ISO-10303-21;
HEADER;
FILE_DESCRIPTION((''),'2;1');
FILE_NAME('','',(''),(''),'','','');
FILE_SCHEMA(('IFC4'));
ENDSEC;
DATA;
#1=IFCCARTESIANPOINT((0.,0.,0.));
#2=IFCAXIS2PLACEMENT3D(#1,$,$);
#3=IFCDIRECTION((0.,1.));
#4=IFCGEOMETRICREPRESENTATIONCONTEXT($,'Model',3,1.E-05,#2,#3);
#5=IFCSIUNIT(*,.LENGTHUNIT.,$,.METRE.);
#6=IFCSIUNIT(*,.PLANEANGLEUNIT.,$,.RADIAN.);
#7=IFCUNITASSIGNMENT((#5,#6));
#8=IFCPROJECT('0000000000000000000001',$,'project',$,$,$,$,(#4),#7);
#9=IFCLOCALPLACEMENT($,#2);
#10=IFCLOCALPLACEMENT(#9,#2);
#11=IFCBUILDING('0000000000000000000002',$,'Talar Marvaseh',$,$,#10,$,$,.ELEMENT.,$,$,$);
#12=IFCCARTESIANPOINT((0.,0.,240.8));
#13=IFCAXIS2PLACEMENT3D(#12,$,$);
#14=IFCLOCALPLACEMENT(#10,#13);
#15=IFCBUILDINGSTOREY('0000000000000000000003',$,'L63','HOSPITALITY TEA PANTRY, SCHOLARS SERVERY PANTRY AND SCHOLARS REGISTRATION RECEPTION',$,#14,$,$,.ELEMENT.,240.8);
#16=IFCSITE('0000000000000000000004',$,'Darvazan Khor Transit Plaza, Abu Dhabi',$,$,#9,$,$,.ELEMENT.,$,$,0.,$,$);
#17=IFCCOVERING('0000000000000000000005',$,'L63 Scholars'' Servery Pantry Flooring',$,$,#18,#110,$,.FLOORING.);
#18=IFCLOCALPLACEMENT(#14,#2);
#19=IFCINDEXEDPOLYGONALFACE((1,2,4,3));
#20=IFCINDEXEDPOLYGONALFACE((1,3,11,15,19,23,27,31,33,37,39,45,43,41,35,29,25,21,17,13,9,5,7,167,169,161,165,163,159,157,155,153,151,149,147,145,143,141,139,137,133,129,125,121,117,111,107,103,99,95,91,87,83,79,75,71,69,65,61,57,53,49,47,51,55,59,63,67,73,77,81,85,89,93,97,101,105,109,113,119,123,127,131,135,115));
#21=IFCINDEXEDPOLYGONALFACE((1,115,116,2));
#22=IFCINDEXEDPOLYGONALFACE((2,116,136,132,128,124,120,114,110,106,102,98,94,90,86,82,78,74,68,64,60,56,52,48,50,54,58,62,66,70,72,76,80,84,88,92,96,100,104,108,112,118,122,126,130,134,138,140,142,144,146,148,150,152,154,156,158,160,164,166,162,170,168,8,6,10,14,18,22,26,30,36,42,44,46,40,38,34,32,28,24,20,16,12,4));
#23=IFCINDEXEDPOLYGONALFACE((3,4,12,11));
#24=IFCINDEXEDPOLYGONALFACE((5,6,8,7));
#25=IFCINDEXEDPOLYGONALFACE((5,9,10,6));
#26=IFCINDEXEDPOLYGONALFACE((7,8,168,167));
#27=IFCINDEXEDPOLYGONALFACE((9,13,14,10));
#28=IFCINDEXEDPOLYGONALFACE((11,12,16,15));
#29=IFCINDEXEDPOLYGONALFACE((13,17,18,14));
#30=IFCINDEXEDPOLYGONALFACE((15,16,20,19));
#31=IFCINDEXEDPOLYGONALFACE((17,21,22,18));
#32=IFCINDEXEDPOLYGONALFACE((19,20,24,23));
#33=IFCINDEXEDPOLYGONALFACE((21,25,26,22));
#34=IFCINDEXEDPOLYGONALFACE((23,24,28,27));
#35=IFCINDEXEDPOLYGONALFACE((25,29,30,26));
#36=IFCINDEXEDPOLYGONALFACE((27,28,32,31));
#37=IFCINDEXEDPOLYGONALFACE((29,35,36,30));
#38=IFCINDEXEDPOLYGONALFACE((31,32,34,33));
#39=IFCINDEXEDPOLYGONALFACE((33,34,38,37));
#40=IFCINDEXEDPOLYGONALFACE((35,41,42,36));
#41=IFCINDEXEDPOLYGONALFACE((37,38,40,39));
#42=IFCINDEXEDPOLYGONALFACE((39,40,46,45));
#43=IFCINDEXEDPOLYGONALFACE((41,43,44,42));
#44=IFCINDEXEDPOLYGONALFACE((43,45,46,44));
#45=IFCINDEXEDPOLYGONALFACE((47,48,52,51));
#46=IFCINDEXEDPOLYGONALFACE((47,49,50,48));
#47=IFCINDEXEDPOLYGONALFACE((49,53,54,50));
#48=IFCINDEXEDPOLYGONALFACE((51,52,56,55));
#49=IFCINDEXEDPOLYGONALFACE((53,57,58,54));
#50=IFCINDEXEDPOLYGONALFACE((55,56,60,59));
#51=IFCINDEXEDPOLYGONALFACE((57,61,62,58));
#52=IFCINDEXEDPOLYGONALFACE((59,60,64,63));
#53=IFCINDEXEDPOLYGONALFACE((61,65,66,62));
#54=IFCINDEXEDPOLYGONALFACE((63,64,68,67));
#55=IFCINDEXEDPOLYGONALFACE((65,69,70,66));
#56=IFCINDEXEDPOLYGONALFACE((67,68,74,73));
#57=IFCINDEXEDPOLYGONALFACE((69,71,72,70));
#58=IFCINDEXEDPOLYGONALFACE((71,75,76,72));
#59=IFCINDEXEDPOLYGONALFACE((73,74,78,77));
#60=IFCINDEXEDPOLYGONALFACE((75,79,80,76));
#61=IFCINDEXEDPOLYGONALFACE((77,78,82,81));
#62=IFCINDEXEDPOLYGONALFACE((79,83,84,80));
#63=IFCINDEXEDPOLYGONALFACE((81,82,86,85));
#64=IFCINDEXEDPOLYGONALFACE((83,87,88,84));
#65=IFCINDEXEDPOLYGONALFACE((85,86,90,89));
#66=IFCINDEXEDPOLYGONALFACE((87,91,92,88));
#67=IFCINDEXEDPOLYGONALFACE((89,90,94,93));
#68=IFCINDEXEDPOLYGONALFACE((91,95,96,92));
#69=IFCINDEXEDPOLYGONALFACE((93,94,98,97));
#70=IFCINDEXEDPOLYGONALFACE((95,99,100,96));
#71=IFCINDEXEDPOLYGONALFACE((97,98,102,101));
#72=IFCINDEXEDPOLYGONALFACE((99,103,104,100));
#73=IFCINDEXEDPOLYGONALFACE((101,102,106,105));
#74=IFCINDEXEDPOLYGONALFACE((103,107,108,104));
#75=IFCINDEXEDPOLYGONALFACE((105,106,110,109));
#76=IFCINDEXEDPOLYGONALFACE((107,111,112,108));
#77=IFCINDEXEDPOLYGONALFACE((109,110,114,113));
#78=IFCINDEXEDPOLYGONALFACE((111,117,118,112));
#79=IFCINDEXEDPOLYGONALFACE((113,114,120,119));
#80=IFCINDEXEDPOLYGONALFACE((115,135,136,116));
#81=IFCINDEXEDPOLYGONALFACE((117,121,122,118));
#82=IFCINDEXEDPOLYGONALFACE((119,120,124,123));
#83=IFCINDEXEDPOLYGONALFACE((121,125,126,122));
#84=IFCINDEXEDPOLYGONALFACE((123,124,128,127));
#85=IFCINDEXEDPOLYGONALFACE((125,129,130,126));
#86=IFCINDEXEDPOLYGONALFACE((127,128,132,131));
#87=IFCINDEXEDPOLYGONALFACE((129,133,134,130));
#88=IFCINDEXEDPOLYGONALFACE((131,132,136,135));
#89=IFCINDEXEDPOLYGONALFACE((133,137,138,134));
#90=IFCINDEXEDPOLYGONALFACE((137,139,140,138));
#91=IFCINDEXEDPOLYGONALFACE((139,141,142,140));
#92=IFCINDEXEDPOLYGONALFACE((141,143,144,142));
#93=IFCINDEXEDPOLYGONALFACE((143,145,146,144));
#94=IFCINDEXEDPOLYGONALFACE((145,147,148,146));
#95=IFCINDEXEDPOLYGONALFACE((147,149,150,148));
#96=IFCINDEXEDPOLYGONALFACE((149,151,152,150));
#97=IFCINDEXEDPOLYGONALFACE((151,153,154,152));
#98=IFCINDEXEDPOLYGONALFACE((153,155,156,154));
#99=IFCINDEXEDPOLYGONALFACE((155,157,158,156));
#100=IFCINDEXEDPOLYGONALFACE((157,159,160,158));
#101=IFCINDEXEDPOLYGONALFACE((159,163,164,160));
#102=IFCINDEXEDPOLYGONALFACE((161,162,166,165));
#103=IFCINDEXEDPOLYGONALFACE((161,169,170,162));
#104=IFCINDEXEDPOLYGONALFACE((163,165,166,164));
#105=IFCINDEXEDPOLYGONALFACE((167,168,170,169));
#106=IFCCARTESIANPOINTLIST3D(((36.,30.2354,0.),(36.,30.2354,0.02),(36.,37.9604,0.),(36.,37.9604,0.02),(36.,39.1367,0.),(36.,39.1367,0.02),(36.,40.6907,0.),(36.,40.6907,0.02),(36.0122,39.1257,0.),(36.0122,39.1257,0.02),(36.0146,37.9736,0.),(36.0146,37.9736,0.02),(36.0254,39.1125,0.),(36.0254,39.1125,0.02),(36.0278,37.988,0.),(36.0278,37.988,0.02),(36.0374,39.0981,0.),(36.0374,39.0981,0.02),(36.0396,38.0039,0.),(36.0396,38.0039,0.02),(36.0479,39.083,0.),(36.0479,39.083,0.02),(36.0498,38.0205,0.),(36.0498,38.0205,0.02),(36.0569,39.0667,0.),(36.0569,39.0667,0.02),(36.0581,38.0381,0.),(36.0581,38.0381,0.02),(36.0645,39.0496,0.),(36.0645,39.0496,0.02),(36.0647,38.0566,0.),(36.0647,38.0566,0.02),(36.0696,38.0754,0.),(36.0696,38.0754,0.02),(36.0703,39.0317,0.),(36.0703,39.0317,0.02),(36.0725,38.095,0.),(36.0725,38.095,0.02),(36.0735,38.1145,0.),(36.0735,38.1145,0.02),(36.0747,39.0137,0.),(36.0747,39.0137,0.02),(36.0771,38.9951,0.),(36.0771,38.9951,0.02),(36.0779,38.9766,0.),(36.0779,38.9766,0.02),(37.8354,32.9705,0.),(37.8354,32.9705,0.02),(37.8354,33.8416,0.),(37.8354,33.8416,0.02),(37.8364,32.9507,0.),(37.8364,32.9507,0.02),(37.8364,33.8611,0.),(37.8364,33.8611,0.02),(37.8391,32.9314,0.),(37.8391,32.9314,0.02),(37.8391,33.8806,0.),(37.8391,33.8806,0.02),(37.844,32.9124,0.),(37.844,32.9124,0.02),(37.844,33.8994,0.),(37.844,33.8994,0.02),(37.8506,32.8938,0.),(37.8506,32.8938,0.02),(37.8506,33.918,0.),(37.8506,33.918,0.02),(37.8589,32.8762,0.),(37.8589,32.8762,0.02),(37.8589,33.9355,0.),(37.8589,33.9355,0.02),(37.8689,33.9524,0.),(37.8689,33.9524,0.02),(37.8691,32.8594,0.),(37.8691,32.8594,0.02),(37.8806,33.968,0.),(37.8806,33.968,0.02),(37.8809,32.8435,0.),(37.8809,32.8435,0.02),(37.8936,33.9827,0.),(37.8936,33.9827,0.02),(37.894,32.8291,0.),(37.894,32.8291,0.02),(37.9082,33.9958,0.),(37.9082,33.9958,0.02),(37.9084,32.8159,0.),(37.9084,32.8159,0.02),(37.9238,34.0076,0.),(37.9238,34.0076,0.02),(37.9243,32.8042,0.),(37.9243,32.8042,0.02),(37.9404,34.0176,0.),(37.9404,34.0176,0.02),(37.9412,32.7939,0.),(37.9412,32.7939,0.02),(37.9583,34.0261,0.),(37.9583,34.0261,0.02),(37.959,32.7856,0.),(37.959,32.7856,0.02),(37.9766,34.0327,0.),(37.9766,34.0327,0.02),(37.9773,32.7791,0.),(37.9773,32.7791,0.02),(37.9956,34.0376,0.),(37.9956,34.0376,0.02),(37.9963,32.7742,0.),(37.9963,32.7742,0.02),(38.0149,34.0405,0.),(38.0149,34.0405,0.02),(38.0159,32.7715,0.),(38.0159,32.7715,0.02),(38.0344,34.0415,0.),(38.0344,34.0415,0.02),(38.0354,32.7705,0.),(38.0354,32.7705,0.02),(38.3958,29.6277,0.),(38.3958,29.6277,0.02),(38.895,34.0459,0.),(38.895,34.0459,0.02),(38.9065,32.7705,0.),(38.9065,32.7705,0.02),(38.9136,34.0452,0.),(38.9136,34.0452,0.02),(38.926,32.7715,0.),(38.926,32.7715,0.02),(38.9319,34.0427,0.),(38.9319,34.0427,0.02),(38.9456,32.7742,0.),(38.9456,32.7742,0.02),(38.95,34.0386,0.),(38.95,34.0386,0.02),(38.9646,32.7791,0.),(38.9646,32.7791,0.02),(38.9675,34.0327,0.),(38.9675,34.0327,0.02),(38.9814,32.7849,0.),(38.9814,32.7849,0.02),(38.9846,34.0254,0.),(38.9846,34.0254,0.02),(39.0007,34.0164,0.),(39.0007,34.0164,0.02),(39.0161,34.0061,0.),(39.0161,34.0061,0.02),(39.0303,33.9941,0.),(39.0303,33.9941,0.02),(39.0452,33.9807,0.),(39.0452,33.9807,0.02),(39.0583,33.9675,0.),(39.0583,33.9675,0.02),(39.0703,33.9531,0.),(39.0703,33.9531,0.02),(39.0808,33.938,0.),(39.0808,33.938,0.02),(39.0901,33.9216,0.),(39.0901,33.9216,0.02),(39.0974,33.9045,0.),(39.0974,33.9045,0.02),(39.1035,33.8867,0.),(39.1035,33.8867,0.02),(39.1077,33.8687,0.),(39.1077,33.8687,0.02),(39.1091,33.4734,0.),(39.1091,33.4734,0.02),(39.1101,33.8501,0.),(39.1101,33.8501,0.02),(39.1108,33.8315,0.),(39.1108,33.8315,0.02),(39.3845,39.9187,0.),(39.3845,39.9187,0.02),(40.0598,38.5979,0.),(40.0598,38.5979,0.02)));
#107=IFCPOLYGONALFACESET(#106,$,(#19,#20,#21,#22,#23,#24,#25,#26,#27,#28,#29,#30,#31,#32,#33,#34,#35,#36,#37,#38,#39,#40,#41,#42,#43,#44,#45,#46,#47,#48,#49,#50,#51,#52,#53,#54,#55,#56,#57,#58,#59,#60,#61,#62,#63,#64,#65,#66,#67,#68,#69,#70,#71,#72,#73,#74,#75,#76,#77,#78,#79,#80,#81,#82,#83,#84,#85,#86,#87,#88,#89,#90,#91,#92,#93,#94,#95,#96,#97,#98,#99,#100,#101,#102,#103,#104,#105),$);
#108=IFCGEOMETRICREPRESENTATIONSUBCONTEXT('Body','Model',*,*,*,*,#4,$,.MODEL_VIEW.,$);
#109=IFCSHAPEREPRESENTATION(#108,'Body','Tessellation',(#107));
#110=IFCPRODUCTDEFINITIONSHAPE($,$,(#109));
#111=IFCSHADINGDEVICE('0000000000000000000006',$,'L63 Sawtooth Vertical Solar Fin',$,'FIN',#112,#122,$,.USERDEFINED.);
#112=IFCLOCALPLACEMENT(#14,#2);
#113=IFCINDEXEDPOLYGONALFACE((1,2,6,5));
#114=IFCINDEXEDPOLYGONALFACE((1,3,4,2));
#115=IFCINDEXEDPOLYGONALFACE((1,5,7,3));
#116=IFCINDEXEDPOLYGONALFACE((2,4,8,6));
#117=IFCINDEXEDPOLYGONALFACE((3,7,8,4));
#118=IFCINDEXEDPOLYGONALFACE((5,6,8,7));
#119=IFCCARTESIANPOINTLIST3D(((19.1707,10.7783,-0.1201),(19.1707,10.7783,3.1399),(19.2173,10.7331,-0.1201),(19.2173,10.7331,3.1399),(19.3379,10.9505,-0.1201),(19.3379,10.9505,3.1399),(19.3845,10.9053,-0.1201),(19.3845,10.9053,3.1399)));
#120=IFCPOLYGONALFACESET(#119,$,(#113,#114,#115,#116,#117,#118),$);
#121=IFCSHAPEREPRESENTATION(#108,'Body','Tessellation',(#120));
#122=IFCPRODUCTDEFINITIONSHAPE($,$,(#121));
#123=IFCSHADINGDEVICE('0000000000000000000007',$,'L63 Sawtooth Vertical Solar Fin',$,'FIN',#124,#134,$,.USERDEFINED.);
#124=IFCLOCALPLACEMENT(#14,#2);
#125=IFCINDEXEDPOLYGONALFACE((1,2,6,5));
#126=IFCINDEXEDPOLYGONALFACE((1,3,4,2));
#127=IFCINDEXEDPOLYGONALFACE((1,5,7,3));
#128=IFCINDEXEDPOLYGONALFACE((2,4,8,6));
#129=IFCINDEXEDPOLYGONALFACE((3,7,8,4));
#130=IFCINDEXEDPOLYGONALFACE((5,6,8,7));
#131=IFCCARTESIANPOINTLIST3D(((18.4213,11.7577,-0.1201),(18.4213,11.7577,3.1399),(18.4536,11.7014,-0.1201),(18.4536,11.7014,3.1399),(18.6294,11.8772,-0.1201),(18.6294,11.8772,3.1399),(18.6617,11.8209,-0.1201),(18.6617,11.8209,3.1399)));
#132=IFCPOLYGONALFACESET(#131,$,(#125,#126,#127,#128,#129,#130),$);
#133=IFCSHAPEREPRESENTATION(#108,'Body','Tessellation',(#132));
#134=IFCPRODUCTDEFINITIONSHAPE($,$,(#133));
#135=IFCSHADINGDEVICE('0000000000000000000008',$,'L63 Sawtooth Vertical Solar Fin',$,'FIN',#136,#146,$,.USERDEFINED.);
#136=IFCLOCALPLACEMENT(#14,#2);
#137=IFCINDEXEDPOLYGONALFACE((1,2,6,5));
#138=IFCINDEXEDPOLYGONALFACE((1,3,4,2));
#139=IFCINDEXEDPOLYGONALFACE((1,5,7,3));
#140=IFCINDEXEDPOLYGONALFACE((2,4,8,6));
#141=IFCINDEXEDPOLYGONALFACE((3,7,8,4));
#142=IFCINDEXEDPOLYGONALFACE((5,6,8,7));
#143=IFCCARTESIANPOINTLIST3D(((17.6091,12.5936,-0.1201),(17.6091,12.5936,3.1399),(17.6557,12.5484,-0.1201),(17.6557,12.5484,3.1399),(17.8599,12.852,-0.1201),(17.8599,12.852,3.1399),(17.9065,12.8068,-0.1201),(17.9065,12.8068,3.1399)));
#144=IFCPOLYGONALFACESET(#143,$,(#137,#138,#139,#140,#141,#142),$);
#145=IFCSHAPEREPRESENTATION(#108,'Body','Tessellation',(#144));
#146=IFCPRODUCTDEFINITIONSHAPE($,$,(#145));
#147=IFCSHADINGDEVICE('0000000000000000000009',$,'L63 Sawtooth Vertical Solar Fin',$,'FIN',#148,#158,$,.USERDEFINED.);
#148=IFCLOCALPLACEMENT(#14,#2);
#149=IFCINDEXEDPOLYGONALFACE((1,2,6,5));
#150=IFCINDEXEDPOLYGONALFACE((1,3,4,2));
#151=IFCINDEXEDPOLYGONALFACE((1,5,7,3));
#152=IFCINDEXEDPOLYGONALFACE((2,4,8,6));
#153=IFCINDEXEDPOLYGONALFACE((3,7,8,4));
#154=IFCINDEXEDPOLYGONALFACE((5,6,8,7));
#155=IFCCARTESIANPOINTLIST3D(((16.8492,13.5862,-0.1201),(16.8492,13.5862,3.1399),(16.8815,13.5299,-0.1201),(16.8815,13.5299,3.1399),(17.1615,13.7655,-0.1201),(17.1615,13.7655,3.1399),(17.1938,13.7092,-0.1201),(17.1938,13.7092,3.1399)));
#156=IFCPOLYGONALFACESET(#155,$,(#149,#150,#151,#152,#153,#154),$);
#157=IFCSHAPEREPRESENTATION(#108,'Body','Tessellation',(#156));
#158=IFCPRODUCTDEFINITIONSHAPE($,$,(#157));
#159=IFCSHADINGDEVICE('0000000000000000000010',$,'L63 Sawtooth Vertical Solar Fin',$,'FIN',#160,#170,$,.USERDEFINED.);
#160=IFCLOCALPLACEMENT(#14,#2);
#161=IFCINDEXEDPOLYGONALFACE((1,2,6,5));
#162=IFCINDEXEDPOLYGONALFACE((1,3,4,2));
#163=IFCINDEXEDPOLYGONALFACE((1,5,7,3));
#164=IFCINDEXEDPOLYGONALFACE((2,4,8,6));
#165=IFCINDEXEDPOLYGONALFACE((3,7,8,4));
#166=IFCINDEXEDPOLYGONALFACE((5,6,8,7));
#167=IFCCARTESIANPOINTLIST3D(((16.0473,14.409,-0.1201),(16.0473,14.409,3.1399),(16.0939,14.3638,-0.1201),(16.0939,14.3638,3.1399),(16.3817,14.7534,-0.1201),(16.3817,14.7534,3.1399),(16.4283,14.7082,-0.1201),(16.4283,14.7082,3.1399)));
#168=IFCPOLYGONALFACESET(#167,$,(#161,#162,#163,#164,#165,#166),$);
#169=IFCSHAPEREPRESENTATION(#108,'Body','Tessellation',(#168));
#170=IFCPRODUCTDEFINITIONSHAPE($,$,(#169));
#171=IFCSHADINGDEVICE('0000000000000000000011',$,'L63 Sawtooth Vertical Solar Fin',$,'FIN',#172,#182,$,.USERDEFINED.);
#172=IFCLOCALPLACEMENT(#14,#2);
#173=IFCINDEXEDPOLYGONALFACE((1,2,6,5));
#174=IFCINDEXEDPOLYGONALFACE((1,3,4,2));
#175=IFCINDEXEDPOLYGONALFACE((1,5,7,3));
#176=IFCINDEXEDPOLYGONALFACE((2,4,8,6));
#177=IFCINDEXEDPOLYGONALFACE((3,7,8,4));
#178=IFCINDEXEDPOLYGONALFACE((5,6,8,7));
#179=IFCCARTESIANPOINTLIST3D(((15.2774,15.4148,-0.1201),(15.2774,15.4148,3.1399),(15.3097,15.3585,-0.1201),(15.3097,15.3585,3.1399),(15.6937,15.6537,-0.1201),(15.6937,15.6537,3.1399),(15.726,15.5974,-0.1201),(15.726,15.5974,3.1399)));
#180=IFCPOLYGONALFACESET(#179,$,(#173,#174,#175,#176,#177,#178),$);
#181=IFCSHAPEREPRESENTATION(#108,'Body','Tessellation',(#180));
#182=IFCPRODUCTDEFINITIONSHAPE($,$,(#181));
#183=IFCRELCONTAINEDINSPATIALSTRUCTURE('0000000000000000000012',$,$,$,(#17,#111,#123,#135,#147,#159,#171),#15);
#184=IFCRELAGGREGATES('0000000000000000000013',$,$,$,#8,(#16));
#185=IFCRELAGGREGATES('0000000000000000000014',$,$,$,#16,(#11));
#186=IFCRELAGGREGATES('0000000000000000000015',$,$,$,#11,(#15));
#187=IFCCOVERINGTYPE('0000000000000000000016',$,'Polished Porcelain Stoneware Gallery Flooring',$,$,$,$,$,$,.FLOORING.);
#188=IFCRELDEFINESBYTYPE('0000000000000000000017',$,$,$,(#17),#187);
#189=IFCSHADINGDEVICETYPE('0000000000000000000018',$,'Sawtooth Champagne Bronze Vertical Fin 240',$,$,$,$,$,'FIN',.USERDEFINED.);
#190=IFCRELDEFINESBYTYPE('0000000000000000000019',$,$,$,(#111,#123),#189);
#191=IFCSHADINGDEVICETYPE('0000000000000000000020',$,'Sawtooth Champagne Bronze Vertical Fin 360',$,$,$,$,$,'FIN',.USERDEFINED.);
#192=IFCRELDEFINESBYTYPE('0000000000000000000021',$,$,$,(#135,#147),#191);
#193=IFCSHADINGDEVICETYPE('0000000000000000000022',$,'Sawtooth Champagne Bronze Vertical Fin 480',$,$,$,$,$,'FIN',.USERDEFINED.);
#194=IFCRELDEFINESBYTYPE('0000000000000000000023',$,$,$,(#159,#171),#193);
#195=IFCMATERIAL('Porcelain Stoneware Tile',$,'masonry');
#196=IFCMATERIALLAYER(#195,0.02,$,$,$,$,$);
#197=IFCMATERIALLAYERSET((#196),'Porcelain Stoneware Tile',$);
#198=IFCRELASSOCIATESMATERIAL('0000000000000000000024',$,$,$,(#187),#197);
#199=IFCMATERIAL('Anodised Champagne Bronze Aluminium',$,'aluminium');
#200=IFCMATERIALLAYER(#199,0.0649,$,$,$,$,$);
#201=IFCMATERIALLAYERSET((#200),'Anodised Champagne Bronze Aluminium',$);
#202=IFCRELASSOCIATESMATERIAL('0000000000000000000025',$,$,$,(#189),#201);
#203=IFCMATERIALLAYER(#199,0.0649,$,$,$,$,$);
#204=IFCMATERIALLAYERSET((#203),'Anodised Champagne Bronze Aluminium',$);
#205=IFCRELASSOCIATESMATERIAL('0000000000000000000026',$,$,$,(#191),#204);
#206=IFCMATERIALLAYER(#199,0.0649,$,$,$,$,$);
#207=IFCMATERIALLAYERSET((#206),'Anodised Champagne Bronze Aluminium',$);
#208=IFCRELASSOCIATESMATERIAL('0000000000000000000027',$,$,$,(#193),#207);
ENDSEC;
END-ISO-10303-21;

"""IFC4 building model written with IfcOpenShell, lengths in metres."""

from ifc_helpers import new_model, si_unit, direction, frame, origin, origin_2d, place, context, subcontext, project, spatial, polyline, rectangle, outline, extrude, source, transform, mapped, material, layer, layer_set, type_object, type_shapes, element, save


model = new_model("IFC4")

# Units and contexts
model_context = context("Model", 3, precision=1e-05, world=origin(), true_north=direction((0.0, 1.0)))
body_context = subcontext(model_context, "Body", "Model", "MODEL_VIEW")
ifc_project = project(units=[si_unit("LENGTHUNIT", "METRE"), si_unit("PLANEANGLEUNIT", "RADIAN")], contexts=[model_context])

# Site, building, storey
site_placement = place(None, origin())
site = spatial("IfcSite", under=ifc_project, at=site_placement, Name="Darvazan Khor Transit Plaza, Abu Dhabi", CompositionType="ELEMENT", RefElevation=0.0)
building_placement = place(site_placement, origin())
building = spatial("IfcBuilding", under=site, at=building_placement, Name="Talar Marvaseh", CompositionType="ELEMENT")
storey_placement = place(building_placement, frame((0.0, 0.0, 240.8)))
storey = spatial("IfcBuildingStorey", under=building, at=storey_placement, Name="L63", Description="HOSPITALITY TEA PANTRY, SCHOLARS SERVERY PANTRY AND SCHOLARS REGISTRATION RECEPTION", CompositionType="ELEMENT", Elevation=240.8)

# Covering
ifc_material_1 = material(Name="Porcelain Stoneware Tile", Category="masonry")
ifc_layer_1 = layer(ifc_material_1, 0.02)
ifc_layer_set_1 = layer_set([ifc_layer_1], Name="Porcelain Stoneware Tile")
covering_type_1 = type_object("IfcCoveringType", Name="Polished Porcelain Stoneware Gallery Flooring", PredefinedType="FLOORING", material=ifc_layer_set_1)
covering_1_placement = place(storey_placement, origin())
element("IfcCovering", 1, at=covering_1_placement, inside=storey, type_object=covering_type_1, Name="L63 Scholars' Servery Pantry Flooring", PredefinedType="FLOORING", context=body_context, shape_type="SweptSolid", body=[
    extrude(outline(polyline([(40.0598, 38.5979), (39.1091, 33.4734), (39.1108, 33.8315), (39.1101, 33.8501), (39.1077, 33.8687), (39.1035, 33.8867), (39.0974, 33.9045), (39.0901, 33.9216), (39.0808, 33.938), (39.0703, 33.9531), (39.0583, 33.9675), (39.0452, 33.9807), (39.0303, 33.9941), (39.0161, 34.0061), (39.0007, 34.0164), (38.9846, 34.0254), (38.9675, 34.0327), (38.95, 34.0386), (38.9319, 34.0427), (38.9136, 34.0452), (38.895, 34.0459), (38.0344, 34.0415), (38.0149, 34.0405), (37.9956, 34.0376), (37.9766, 34.0327), (37.9583, 34.0261), (37.9404, 34.0176), (37.9238, 34.0076), (37.9082, 33.9958), (37.8936, 33.9827), (37.8806, 33.968), (37.8689, 33.9524), (37.8589, 33.9355), (37.8506, 33.918), (37.844, 33.8994), (37.8391, 33.8806), (37.8364, 33.8611), (37.8354, 33.8416), (37.8354, 32.9705), (37.8364, 32.9507), (37.8391, 32.9314), (37.844, 32.9124), (37.8506, 32.8938), (37.8589, 32.8762), (37.8691, 32.8594), (37.8809, 32.8435), (37.894, 32.8291), (37.9084, 32.8159), (37.9243, 32.8042), (37.9412, 32.7939), (37.959, 32.7856), (37.9773, 32.7791), (37.9963, 32.7742), (38.0159, 32.7715), (38.0354, 32.7705), (38.9065, 32.7705), (38.926, 32.7715), (38.9456, 32.7742), (38.9646, 32.7791), (38.9814, 32.7849), (38.3958, 29.6277), (36.0, 30.2354), (36.0, 37.9604), (36.0, 37.9604), (36.0146, 37.9736), (36.0278, 37.988), (36.0396, 38.0039), (36.0498, 38.0205), (36.0581, 38.0381), (36.0647, 38.0566), (36.0696, 38.0754), (36.0725, 38.095), (36.0735, 38.1145), (36.0779, 38.9766), (36.0771, 38.9951), (36.0747, 39.0137), (36.0703, 39.0317), (36.0645, 39.0496), (36.0569, 39.0667), (36.0479, 39.083), (36.0374, 39.0981), (36.0254, 39.1125), (36.0122, 39.1257), (36.0, 39.1367), (36.0, 40.6907), (39.3845, 39.9187), (40.0598, 38.5979)])), origin(), (0.0, 0.0, 1.0), 0.02),
])

# Shading devices
ifc_material_2 = material(Name="Anodised Champagne Bronze Aluminium", Category="aluminium")
ifc_layer_2 = layer(ifc_material_2, 0.0649)
ifc_layer_set_2 = layer_set([ifc_layer_2], Name="Anodised Champagne Bronze Aluminium")
shading_device_type_1 = type_object("IfcShadingDeviceType", Name="Sawtooth Champagne Bronze Vertical Fin 240", ElementType="FIN", PredefinedType="USERDEFINED", material=ifc_layer_set_2)
shared_shape_1 = source(origin(), body_context, "Body", "SweptSolid", [
    extrude(rectangle(XDim=0.24, YDim=0.0649, at=origin_2d()), origin(), (0.0, 0.0, 1.0), 3.26),
])
type_shapes(shading_device_type_1, [shared_shape_1])
for number, where, z_axis, x_axis, name in (
    (2, (19.2776, 10.8418, -0.1201), (0.0, 0.0, 1.0), (-0.696539, -0.717519, 0.0), "L63 Sawtooth Vertical Solar Fin"),
    (3, (18.5415, 11.7893, -0.1201), (0.0, 0.0, 1.0), (-0.867331, -0.497731, 0.0), "L63 Sawtooth Vertical Solar Fin"),
):
    element("IfcShadingDevice", number, at=place(storey_placement, frame(where, z_axis=z_axis, x_axis=x_axis)), inside=storey, type_object=shading_device_type_1, Name=name, ObjectType="FIN", PredefinedType="USERDEFINED", context=body_context, shape_type="MappedRepresentation", body=[
        mapped(shared_shape_1, transform((0.0, 0.0, 0.0), x_axis=(1.0, 0.0, 0.0), y_axis=(0.0, 1.0, 0.0), z_axis=(0.0, 0.0, 1.0), scale=1.0)),
    ])
ifc_layer_3 = layer(ifc_material_2, 0.0649)
ifc_layer_set_3 = layer_set([ifc_layer_3], Name="Anodised Champagne Bronze Aluminium")
shading_device_type_2 = type_object("IfcShadingDeviceType", Name="Sawtooth Champagne Bronze Vertical Fin 360", ElementType="FIN", PredefinedType="USERDEFINED", material=ifc_layer_set_3)
shared_shape_2 = source(origin(), body_context, "Body", "SweptSolid", [
    extrude(rectangle(XDim=0.3601, YDim=0.0649, at=origin_2d()), origin(), (0.0, 0.0, 1.0), 3.26),
])
type_shapes(shading_device_type_2, [shared_shape_2])
for number, where, z_axis, x_axis, name in (
    (4, (17.7578, 12.7002, -0.1201), (0.0, 0.0, 1.0), (-0.696539, -0.717519, 0.0), "L63 Sawtooth Vertical Solar Fin"),
    (5, (17.0215, 13.6477, -0.1201), (0.0, 0.0, 1.0), (-0.867331, -0.497731, 0.0), "L63 Sawtooth Vertical Solar Fin"),
):
    element("IfcShadingDevice", number, at=place(storey_placement, frame(where, z_axis=z_axis, x_axis=x_axis)), inside=storey, type_object=shading_device_type_2, Name=name, ObjectType="FIN", PredefinedType="USERDEFINED", context=body_context, shape_type="MappedRepresentation", body=[
        mapped(shared_shape_2, transform((0.0, 0.0, 0.0), x_axis=(1.0, 0.0, 0.0), y_axis=(0.0, 1.0, 0.0), z_axis=(0.0, 0.0, 1.0), scale=1.0)),
    ])
ifc_layer_4 = layer(ifc_material_2, 0.0649)
ifc_layer_set_4 = layer_set([ifc_layer_4], Name="Anodised Champagne Bronze Aluminium")
shading_device_type_3 = type_object("IfcShadingDeviceType", Name="Sawtooth Champagne Bronze Vertical Fin 480", ElementType="FIN", PredefinedType="USERDEFINED", material=ifc_layer_set_4)
shared_shape_3 = source(origin(), body_context, "Body", "SweptSolid", [
    extrude(rectangle(XDim=0.48, YDim=0.0649, at=origin_2d()), origin(), (0.0, 0.0, 1.0), 3.26),
])
type_shapes(shading_device_type_3, [shared_shape_3])
for number, where, z_axis, x_axis, name in (
    (6, (16.2378, 14.5586, -0.1201), (0.0, 0.0, 1.0), (-0.696539, -0.717519, 0.0), "L63 Sawtooth Vertical Solar Fin"),
    (7, (15.5017, 15.5061, -0.1201), (0.0, 0.0, 1.0), (-0.867331, -0.497731, 0.0), "L63 Sawtooth Vertical Solar Fin"),
):
    element("IfcShadingDevice", number, at=place(storey_placement, frame(where, z_axis=z_axis, x_axis=x_axis)), inside=storey, type_object=shading_device_type_3, Name=name, ObjectType="FIN", PredefinedType="USERDEFINED", context=body_context, shape_type="MappedRepresentation", body=[
        mapped(shared_shape_3, transform((0.0, 0.0, 0.0), x_axis=(1.0, 0.0, 0.0), y_axis=(0.0, 1.0, 0.0), z_axis=(0.0, 0.0, 1.0), scale=1.0)),
    ])

save(model, "model.ifc")
